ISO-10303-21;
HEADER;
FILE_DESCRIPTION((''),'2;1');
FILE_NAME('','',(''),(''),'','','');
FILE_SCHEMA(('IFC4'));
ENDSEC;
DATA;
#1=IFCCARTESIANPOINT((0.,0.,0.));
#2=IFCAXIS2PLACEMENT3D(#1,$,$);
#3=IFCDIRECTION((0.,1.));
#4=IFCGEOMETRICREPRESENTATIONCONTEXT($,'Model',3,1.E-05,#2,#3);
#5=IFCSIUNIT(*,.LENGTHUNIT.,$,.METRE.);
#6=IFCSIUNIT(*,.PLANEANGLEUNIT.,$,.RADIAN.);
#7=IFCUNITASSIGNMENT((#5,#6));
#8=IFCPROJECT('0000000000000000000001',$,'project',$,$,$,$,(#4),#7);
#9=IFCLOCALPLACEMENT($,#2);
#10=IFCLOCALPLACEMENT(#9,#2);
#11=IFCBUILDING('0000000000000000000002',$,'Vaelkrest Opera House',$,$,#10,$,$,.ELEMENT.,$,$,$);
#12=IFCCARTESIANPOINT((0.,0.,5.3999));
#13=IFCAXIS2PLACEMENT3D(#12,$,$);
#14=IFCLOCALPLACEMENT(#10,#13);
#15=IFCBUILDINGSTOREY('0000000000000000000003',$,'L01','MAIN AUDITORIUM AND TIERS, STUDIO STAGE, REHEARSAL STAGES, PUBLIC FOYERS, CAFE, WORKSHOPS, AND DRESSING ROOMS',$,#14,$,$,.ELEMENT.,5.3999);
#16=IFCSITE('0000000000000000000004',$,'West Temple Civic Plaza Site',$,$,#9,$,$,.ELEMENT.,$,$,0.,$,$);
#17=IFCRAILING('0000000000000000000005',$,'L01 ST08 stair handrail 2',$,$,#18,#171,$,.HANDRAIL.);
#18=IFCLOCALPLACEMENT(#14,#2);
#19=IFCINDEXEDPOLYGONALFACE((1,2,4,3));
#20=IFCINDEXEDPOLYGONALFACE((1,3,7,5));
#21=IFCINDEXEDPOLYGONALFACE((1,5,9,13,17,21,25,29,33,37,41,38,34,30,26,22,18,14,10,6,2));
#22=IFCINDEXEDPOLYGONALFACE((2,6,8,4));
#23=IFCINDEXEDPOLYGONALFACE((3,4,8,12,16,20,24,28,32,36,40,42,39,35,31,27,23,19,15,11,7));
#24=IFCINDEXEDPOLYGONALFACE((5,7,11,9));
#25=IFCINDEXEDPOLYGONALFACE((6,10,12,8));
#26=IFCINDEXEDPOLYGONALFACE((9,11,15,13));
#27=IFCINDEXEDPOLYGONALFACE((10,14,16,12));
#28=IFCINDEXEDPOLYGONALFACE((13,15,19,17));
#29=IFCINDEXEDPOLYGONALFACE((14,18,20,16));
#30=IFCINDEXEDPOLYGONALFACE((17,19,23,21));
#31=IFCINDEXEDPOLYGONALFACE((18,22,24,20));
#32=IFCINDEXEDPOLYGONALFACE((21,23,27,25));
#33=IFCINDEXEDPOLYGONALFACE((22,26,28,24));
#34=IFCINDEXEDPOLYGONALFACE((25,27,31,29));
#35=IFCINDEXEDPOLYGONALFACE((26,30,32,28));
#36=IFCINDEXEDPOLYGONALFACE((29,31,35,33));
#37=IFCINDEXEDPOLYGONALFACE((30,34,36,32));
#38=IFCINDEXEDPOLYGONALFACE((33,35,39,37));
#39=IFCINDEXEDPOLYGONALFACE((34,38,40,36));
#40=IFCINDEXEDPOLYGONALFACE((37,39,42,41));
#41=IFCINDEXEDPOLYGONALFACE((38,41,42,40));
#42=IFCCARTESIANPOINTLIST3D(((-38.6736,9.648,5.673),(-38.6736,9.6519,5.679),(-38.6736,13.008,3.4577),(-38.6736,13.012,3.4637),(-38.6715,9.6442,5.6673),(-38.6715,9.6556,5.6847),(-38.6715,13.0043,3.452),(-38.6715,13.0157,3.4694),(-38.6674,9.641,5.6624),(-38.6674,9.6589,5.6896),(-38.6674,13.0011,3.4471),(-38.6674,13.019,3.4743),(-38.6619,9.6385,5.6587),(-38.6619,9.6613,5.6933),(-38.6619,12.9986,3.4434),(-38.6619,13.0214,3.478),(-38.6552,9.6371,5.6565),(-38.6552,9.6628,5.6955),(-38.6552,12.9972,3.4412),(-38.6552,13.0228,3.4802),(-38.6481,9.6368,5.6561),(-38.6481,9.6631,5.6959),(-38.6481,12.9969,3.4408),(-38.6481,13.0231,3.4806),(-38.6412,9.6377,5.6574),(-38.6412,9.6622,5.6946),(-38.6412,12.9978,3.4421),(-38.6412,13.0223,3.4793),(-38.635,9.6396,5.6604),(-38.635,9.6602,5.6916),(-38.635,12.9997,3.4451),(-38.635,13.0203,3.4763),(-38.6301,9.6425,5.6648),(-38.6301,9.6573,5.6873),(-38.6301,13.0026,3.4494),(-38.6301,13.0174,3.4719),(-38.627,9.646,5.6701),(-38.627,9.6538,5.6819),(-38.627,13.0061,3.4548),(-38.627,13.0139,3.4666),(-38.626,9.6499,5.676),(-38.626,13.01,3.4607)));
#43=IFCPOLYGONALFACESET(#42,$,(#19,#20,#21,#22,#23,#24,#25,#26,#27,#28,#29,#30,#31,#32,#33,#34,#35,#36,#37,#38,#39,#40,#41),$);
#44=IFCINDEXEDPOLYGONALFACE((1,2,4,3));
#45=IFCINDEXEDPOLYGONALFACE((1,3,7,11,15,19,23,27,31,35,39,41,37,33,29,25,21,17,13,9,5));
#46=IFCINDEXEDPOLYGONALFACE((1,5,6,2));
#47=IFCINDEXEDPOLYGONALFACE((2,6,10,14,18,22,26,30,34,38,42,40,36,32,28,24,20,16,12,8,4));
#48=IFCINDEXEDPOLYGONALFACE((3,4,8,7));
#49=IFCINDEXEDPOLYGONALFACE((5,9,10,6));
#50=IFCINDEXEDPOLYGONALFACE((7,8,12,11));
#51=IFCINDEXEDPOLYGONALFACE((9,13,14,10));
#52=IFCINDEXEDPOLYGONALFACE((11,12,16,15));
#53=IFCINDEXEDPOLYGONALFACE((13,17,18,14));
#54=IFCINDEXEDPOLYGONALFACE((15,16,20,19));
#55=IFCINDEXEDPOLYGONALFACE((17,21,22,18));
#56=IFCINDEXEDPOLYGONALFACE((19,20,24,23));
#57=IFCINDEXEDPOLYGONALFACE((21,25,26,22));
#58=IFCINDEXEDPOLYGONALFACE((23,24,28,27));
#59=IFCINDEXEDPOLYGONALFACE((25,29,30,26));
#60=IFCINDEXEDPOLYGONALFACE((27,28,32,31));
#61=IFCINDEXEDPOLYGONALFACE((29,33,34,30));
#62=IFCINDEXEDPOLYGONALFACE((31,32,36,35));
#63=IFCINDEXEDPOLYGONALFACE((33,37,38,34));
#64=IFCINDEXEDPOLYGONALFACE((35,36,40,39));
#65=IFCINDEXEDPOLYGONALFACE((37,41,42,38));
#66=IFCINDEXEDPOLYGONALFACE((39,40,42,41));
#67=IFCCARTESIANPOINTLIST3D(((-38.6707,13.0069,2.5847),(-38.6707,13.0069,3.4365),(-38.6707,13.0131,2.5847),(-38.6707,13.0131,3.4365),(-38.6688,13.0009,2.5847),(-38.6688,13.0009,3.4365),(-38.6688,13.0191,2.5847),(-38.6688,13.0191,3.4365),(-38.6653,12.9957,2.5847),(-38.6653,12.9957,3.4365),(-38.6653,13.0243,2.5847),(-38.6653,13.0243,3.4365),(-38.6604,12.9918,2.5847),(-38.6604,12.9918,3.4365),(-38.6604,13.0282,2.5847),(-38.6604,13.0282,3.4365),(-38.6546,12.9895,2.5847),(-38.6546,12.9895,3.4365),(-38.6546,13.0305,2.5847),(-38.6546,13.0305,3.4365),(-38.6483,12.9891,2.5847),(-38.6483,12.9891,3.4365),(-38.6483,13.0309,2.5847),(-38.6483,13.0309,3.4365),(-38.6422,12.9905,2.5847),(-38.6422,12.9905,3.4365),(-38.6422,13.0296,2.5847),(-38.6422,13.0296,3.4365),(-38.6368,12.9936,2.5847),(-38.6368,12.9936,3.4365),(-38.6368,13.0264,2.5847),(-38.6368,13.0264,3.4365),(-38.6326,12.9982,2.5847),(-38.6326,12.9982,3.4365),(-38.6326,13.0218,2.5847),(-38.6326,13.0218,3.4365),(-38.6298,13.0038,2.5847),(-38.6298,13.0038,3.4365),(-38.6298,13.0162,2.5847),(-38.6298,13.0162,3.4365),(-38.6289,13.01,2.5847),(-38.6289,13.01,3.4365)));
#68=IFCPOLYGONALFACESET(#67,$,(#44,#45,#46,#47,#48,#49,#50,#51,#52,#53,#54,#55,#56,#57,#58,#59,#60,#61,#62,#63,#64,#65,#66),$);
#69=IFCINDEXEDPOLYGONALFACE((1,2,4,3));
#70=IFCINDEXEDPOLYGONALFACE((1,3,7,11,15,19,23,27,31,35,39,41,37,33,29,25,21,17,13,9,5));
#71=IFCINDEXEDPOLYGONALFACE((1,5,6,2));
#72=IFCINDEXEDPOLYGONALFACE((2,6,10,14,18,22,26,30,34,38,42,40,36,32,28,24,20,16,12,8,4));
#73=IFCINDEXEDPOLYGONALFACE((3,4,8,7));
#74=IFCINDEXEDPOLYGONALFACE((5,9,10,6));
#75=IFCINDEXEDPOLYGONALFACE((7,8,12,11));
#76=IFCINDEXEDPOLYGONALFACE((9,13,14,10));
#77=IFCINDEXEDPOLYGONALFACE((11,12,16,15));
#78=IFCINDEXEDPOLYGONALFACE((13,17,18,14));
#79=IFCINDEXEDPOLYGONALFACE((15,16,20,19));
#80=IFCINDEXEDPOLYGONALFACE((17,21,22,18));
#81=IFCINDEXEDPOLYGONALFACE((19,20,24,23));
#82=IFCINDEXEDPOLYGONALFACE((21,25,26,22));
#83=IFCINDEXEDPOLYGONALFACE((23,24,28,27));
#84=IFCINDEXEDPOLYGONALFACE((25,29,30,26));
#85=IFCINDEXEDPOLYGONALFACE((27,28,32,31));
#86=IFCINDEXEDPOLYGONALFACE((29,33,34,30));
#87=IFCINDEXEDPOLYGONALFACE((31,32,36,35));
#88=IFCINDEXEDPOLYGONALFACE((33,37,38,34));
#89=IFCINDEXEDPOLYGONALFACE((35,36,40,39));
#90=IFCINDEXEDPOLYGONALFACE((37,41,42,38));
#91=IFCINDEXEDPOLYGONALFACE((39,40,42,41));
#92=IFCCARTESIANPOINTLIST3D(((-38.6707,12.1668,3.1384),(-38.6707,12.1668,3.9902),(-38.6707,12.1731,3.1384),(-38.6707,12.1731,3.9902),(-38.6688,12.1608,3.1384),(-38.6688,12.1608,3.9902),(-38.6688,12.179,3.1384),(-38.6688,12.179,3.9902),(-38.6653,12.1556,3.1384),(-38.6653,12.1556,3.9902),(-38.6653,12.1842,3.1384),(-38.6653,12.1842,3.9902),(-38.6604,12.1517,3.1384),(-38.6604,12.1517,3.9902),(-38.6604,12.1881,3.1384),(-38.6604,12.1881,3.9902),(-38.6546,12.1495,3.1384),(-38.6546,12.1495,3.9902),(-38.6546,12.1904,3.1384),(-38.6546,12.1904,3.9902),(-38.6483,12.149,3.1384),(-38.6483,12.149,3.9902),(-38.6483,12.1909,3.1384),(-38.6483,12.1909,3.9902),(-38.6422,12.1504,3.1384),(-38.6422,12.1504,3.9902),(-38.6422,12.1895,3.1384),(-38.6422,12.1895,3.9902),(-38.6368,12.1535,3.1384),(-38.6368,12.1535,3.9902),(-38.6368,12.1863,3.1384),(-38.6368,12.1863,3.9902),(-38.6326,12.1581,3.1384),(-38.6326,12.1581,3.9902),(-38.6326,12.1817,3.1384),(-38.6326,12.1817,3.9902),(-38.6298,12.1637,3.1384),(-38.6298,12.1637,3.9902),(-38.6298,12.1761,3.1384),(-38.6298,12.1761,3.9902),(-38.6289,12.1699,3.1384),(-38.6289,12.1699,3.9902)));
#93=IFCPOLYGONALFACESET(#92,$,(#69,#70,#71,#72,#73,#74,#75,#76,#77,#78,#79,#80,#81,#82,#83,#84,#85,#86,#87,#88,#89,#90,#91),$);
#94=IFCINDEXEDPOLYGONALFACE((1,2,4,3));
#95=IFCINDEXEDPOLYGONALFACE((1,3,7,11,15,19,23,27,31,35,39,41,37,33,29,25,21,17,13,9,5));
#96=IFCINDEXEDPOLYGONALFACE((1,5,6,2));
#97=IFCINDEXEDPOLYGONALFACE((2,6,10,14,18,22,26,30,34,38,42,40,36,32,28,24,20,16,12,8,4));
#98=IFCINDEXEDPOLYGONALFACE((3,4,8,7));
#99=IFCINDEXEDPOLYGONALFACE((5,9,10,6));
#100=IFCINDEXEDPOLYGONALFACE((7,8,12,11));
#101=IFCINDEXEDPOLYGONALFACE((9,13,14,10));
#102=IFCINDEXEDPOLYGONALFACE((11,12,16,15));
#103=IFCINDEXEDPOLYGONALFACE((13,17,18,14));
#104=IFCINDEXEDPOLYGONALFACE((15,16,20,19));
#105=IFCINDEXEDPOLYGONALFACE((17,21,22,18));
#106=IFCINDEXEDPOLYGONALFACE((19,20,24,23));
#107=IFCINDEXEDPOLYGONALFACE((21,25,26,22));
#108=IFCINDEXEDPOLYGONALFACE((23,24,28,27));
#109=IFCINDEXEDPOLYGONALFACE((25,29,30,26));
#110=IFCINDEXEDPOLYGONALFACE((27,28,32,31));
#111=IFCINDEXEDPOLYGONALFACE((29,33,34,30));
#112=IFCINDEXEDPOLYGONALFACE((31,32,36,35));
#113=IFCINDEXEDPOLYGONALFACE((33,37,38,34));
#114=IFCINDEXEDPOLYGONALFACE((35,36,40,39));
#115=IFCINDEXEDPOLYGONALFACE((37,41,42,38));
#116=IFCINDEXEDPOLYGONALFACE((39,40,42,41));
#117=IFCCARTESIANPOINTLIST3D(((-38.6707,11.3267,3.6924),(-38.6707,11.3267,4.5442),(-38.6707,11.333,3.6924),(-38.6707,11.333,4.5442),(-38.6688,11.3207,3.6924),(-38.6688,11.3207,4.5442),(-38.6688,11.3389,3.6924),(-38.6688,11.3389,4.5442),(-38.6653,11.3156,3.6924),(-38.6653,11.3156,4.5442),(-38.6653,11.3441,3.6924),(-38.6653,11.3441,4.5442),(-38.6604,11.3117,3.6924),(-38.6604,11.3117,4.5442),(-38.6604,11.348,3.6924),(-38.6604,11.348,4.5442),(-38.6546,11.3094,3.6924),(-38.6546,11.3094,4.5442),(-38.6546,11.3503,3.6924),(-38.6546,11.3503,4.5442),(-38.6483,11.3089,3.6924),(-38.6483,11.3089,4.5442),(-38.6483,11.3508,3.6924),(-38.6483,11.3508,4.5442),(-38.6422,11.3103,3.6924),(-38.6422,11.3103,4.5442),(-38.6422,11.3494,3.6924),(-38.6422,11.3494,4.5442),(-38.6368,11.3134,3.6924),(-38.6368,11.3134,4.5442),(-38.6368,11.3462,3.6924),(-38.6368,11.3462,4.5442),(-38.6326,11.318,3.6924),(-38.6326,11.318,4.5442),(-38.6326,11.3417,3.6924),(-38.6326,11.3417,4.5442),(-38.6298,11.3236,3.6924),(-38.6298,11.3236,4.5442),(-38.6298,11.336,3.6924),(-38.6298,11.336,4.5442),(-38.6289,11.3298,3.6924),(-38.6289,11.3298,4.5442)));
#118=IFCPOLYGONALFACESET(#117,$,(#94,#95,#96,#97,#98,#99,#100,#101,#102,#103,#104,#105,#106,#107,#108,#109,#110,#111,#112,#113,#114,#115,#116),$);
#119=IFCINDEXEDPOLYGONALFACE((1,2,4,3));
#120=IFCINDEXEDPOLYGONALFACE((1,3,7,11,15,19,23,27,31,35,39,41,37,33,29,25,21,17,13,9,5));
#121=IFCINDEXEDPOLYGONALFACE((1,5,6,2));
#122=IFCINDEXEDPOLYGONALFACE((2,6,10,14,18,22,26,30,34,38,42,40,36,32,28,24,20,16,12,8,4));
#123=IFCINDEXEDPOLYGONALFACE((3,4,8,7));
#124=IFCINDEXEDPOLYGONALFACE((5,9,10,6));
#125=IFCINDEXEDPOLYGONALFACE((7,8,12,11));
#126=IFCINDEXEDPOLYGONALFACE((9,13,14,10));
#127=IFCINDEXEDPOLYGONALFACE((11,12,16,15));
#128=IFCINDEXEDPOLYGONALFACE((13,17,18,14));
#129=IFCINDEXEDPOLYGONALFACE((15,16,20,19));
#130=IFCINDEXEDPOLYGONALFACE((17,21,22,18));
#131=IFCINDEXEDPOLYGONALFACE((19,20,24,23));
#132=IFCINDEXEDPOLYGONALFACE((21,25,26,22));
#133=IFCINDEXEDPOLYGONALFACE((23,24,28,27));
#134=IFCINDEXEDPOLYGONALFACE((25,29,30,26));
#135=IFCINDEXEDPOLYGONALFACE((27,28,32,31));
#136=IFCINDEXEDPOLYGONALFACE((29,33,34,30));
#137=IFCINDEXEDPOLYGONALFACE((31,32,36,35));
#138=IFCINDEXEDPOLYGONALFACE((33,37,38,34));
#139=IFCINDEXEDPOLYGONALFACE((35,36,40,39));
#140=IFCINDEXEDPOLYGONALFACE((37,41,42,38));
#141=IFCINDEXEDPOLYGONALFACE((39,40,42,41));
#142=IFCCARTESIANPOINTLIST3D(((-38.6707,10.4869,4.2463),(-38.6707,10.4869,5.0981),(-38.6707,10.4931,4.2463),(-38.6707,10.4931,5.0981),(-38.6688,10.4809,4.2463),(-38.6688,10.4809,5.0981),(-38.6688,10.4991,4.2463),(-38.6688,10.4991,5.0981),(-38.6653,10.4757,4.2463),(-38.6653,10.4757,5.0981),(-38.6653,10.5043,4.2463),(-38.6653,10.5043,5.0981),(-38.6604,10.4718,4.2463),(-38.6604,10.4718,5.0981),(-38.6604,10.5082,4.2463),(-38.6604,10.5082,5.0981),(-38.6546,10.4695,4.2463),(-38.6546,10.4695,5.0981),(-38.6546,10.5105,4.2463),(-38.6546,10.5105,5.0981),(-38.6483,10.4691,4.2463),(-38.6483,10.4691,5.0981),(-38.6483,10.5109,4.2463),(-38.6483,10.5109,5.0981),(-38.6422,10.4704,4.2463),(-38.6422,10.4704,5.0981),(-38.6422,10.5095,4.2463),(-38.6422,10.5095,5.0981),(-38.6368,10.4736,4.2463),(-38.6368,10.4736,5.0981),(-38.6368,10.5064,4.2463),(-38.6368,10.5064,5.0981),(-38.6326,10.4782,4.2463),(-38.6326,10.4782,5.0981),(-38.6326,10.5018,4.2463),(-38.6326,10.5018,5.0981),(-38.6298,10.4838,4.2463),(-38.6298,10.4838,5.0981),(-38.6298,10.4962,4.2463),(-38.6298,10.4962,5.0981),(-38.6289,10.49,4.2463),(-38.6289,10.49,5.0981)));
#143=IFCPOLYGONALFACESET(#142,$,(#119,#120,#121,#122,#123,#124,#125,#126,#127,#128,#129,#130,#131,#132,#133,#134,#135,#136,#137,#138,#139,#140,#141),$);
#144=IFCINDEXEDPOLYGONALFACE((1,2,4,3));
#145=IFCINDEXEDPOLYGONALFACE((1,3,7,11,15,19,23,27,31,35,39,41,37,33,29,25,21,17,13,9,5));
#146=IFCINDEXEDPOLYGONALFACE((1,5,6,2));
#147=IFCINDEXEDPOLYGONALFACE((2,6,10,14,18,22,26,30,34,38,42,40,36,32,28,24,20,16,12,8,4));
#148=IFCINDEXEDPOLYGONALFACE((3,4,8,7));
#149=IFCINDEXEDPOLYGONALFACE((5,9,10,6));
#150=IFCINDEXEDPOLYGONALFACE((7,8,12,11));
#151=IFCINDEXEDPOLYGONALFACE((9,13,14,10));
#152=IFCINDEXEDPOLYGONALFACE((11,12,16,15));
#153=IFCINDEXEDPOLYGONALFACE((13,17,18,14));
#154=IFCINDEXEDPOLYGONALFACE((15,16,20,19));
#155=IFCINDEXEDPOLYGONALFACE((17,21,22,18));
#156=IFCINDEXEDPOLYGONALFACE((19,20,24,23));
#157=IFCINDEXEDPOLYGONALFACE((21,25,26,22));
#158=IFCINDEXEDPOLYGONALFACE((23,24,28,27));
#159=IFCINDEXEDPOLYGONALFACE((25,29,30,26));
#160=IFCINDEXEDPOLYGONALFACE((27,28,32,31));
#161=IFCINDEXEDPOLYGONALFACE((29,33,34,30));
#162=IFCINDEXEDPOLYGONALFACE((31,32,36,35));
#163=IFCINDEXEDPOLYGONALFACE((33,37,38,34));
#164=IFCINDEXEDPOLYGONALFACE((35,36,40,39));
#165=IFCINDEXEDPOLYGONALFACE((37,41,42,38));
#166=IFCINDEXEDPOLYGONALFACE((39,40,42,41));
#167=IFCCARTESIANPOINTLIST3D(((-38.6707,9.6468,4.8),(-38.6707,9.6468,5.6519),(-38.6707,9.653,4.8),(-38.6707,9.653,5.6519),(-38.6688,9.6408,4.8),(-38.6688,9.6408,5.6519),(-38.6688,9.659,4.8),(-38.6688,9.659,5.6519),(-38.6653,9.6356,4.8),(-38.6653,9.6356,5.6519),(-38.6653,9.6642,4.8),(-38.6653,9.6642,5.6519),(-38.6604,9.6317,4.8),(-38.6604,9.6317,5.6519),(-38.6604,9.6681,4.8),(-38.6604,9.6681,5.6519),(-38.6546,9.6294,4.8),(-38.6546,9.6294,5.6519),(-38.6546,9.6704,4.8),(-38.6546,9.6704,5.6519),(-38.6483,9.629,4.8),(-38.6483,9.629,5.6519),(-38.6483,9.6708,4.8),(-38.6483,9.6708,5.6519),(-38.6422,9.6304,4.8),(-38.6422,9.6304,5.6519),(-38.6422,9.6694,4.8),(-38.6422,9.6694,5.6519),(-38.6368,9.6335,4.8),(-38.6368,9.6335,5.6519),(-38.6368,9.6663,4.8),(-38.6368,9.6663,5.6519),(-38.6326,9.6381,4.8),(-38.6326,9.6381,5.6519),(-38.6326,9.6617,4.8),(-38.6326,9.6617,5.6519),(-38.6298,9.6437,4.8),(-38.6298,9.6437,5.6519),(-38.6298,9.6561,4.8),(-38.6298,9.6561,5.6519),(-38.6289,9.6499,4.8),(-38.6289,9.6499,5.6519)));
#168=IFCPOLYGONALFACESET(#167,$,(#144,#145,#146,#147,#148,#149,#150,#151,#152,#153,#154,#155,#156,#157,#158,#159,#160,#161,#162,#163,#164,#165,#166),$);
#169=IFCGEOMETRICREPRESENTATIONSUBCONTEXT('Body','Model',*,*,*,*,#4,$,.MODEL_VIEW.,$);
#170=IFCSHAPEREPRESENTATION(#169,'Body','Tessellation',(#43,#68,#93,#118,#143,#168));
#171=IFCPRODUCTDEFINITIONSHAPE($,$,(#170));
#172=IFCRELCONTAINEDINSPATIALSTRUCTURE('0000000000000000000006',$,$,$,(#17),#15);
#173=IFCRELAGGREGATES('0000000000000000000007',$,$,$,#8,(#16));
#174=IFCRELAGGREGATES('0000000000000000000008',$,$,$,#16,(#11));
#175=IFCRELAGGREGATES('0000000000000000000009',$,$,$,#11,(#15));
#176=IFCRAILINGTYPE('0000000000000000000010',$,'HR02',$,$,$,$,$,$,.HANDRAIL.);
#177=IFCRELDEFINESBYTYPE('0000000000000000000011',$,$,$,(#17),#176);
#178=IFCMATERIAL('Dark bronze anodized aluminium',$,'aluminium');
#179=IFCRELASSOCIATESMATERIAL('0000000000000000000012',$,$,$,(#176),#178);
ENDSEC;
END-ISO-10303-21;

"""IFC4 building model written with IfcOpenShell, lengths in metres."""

from ifc_helpers import new_model, si_unit, direction, frame, origin, origin_2d, place, context, subcontext, project, spatial, circle, extrude, material, type_object, element, save


model = new_model("IFC4")

# Units and contexts
model_context = context("Model", 3, precision=1e-05, world=origin(), true_north=direction((0.0, 1.0)))
body_context = subcontext(model_context, "Body", "Model", "MODEL_VIEW")
ifc_project = project(units=[si_unit("LENGTHUNIT", "METRE"), si_unit("PLANEANGLEUNIT", "RADIAN")], contexts=[model_context])

# Site, building, storey
site_placement = place(None, origin())
site = spatial("IfcSite", under=ifc_project, at=site_placement, Name="West Temple Civic Plaza Site", CompositionType="ELEMENT", RefElevation=0.0)
building_placement = place(site_placement, origin())
building = spatial("IfcBuilding", under=site, at=building_placement, Name="Vaelkrest Opera House", CompositionType="ELEMENT")
storey_placement = place(building_placement, frame((0.0, 0.0, 5.3999)))
storey = spatial("IfcBuildingStorey", under=building, at=storey_placement, Name="L01", Description="MAIN AUDITORIUM AND TIERS, STUDIO STAGE, REHEARSAL STAGES, PUBLIC FOYERS, CAFE, WORKSHOPS, AND DRESSING ROOMS", CompositionType="ELEMENT", Elevation=5.3999)

# Shared definitions
ifc_material_1 = material(Name="Dark bronze anodized aluminium", Category="aluminium")

# Railing
railing_type = type_object("IfcRailingType", Name="HR02", PredefinedType="HANDRAIL", material=ifc_material_1)
railing_placement = place(storey_placement, frame((-38.6499, 13.01, 2.5847)))
element("IfcRailing", 1, at=railing_placement, inside=storey, type_object=railing_type, Name="L01 ST08 stair handrail 2", PredefinedType="HANDRAIL", context=body_context, shape_type="SweptSolid", body=[
    extrude(circle(Radius=0.0239, at=origin_2d()), frame((0.0, 0.0, 0.876), z_axis=(0.0, -0.834876, 0.550437), x_axis=(1.0, 0.0, 0.0)), (0.0, 0.0, 1.0), 4.0247),
    extrude(circle(Radius=0.021, at=origin_2d()), origin(), (0.0, 0.0, 1.0), 0.8518),
    extrude(circle(Radius=0.021, at=origin_2d()), frame((0.0, -0.8401, 0.5537)), (0.0, 0.0, 1.0), 0.8518),
    extrude(circle(Radius=0.021, at=origin_2d()), frame((0.0, -1.6802, 1.1077)), (0.0, 0.0, 1.0), 0.8518),
    extrude(circle(Radius=0.021, at=origin_2d()), frame((0.0, -2.52, 1.6616)), (0.0, 0.0, 1.0), 0.8518),
    extrude(circle(Radius=0.021, at=origin_2d()), frame((0.0, -3.3601, 2.2153)), (0.0, 0.0, 1.0), 0.8518),
])

save(model, "model.ifc")
